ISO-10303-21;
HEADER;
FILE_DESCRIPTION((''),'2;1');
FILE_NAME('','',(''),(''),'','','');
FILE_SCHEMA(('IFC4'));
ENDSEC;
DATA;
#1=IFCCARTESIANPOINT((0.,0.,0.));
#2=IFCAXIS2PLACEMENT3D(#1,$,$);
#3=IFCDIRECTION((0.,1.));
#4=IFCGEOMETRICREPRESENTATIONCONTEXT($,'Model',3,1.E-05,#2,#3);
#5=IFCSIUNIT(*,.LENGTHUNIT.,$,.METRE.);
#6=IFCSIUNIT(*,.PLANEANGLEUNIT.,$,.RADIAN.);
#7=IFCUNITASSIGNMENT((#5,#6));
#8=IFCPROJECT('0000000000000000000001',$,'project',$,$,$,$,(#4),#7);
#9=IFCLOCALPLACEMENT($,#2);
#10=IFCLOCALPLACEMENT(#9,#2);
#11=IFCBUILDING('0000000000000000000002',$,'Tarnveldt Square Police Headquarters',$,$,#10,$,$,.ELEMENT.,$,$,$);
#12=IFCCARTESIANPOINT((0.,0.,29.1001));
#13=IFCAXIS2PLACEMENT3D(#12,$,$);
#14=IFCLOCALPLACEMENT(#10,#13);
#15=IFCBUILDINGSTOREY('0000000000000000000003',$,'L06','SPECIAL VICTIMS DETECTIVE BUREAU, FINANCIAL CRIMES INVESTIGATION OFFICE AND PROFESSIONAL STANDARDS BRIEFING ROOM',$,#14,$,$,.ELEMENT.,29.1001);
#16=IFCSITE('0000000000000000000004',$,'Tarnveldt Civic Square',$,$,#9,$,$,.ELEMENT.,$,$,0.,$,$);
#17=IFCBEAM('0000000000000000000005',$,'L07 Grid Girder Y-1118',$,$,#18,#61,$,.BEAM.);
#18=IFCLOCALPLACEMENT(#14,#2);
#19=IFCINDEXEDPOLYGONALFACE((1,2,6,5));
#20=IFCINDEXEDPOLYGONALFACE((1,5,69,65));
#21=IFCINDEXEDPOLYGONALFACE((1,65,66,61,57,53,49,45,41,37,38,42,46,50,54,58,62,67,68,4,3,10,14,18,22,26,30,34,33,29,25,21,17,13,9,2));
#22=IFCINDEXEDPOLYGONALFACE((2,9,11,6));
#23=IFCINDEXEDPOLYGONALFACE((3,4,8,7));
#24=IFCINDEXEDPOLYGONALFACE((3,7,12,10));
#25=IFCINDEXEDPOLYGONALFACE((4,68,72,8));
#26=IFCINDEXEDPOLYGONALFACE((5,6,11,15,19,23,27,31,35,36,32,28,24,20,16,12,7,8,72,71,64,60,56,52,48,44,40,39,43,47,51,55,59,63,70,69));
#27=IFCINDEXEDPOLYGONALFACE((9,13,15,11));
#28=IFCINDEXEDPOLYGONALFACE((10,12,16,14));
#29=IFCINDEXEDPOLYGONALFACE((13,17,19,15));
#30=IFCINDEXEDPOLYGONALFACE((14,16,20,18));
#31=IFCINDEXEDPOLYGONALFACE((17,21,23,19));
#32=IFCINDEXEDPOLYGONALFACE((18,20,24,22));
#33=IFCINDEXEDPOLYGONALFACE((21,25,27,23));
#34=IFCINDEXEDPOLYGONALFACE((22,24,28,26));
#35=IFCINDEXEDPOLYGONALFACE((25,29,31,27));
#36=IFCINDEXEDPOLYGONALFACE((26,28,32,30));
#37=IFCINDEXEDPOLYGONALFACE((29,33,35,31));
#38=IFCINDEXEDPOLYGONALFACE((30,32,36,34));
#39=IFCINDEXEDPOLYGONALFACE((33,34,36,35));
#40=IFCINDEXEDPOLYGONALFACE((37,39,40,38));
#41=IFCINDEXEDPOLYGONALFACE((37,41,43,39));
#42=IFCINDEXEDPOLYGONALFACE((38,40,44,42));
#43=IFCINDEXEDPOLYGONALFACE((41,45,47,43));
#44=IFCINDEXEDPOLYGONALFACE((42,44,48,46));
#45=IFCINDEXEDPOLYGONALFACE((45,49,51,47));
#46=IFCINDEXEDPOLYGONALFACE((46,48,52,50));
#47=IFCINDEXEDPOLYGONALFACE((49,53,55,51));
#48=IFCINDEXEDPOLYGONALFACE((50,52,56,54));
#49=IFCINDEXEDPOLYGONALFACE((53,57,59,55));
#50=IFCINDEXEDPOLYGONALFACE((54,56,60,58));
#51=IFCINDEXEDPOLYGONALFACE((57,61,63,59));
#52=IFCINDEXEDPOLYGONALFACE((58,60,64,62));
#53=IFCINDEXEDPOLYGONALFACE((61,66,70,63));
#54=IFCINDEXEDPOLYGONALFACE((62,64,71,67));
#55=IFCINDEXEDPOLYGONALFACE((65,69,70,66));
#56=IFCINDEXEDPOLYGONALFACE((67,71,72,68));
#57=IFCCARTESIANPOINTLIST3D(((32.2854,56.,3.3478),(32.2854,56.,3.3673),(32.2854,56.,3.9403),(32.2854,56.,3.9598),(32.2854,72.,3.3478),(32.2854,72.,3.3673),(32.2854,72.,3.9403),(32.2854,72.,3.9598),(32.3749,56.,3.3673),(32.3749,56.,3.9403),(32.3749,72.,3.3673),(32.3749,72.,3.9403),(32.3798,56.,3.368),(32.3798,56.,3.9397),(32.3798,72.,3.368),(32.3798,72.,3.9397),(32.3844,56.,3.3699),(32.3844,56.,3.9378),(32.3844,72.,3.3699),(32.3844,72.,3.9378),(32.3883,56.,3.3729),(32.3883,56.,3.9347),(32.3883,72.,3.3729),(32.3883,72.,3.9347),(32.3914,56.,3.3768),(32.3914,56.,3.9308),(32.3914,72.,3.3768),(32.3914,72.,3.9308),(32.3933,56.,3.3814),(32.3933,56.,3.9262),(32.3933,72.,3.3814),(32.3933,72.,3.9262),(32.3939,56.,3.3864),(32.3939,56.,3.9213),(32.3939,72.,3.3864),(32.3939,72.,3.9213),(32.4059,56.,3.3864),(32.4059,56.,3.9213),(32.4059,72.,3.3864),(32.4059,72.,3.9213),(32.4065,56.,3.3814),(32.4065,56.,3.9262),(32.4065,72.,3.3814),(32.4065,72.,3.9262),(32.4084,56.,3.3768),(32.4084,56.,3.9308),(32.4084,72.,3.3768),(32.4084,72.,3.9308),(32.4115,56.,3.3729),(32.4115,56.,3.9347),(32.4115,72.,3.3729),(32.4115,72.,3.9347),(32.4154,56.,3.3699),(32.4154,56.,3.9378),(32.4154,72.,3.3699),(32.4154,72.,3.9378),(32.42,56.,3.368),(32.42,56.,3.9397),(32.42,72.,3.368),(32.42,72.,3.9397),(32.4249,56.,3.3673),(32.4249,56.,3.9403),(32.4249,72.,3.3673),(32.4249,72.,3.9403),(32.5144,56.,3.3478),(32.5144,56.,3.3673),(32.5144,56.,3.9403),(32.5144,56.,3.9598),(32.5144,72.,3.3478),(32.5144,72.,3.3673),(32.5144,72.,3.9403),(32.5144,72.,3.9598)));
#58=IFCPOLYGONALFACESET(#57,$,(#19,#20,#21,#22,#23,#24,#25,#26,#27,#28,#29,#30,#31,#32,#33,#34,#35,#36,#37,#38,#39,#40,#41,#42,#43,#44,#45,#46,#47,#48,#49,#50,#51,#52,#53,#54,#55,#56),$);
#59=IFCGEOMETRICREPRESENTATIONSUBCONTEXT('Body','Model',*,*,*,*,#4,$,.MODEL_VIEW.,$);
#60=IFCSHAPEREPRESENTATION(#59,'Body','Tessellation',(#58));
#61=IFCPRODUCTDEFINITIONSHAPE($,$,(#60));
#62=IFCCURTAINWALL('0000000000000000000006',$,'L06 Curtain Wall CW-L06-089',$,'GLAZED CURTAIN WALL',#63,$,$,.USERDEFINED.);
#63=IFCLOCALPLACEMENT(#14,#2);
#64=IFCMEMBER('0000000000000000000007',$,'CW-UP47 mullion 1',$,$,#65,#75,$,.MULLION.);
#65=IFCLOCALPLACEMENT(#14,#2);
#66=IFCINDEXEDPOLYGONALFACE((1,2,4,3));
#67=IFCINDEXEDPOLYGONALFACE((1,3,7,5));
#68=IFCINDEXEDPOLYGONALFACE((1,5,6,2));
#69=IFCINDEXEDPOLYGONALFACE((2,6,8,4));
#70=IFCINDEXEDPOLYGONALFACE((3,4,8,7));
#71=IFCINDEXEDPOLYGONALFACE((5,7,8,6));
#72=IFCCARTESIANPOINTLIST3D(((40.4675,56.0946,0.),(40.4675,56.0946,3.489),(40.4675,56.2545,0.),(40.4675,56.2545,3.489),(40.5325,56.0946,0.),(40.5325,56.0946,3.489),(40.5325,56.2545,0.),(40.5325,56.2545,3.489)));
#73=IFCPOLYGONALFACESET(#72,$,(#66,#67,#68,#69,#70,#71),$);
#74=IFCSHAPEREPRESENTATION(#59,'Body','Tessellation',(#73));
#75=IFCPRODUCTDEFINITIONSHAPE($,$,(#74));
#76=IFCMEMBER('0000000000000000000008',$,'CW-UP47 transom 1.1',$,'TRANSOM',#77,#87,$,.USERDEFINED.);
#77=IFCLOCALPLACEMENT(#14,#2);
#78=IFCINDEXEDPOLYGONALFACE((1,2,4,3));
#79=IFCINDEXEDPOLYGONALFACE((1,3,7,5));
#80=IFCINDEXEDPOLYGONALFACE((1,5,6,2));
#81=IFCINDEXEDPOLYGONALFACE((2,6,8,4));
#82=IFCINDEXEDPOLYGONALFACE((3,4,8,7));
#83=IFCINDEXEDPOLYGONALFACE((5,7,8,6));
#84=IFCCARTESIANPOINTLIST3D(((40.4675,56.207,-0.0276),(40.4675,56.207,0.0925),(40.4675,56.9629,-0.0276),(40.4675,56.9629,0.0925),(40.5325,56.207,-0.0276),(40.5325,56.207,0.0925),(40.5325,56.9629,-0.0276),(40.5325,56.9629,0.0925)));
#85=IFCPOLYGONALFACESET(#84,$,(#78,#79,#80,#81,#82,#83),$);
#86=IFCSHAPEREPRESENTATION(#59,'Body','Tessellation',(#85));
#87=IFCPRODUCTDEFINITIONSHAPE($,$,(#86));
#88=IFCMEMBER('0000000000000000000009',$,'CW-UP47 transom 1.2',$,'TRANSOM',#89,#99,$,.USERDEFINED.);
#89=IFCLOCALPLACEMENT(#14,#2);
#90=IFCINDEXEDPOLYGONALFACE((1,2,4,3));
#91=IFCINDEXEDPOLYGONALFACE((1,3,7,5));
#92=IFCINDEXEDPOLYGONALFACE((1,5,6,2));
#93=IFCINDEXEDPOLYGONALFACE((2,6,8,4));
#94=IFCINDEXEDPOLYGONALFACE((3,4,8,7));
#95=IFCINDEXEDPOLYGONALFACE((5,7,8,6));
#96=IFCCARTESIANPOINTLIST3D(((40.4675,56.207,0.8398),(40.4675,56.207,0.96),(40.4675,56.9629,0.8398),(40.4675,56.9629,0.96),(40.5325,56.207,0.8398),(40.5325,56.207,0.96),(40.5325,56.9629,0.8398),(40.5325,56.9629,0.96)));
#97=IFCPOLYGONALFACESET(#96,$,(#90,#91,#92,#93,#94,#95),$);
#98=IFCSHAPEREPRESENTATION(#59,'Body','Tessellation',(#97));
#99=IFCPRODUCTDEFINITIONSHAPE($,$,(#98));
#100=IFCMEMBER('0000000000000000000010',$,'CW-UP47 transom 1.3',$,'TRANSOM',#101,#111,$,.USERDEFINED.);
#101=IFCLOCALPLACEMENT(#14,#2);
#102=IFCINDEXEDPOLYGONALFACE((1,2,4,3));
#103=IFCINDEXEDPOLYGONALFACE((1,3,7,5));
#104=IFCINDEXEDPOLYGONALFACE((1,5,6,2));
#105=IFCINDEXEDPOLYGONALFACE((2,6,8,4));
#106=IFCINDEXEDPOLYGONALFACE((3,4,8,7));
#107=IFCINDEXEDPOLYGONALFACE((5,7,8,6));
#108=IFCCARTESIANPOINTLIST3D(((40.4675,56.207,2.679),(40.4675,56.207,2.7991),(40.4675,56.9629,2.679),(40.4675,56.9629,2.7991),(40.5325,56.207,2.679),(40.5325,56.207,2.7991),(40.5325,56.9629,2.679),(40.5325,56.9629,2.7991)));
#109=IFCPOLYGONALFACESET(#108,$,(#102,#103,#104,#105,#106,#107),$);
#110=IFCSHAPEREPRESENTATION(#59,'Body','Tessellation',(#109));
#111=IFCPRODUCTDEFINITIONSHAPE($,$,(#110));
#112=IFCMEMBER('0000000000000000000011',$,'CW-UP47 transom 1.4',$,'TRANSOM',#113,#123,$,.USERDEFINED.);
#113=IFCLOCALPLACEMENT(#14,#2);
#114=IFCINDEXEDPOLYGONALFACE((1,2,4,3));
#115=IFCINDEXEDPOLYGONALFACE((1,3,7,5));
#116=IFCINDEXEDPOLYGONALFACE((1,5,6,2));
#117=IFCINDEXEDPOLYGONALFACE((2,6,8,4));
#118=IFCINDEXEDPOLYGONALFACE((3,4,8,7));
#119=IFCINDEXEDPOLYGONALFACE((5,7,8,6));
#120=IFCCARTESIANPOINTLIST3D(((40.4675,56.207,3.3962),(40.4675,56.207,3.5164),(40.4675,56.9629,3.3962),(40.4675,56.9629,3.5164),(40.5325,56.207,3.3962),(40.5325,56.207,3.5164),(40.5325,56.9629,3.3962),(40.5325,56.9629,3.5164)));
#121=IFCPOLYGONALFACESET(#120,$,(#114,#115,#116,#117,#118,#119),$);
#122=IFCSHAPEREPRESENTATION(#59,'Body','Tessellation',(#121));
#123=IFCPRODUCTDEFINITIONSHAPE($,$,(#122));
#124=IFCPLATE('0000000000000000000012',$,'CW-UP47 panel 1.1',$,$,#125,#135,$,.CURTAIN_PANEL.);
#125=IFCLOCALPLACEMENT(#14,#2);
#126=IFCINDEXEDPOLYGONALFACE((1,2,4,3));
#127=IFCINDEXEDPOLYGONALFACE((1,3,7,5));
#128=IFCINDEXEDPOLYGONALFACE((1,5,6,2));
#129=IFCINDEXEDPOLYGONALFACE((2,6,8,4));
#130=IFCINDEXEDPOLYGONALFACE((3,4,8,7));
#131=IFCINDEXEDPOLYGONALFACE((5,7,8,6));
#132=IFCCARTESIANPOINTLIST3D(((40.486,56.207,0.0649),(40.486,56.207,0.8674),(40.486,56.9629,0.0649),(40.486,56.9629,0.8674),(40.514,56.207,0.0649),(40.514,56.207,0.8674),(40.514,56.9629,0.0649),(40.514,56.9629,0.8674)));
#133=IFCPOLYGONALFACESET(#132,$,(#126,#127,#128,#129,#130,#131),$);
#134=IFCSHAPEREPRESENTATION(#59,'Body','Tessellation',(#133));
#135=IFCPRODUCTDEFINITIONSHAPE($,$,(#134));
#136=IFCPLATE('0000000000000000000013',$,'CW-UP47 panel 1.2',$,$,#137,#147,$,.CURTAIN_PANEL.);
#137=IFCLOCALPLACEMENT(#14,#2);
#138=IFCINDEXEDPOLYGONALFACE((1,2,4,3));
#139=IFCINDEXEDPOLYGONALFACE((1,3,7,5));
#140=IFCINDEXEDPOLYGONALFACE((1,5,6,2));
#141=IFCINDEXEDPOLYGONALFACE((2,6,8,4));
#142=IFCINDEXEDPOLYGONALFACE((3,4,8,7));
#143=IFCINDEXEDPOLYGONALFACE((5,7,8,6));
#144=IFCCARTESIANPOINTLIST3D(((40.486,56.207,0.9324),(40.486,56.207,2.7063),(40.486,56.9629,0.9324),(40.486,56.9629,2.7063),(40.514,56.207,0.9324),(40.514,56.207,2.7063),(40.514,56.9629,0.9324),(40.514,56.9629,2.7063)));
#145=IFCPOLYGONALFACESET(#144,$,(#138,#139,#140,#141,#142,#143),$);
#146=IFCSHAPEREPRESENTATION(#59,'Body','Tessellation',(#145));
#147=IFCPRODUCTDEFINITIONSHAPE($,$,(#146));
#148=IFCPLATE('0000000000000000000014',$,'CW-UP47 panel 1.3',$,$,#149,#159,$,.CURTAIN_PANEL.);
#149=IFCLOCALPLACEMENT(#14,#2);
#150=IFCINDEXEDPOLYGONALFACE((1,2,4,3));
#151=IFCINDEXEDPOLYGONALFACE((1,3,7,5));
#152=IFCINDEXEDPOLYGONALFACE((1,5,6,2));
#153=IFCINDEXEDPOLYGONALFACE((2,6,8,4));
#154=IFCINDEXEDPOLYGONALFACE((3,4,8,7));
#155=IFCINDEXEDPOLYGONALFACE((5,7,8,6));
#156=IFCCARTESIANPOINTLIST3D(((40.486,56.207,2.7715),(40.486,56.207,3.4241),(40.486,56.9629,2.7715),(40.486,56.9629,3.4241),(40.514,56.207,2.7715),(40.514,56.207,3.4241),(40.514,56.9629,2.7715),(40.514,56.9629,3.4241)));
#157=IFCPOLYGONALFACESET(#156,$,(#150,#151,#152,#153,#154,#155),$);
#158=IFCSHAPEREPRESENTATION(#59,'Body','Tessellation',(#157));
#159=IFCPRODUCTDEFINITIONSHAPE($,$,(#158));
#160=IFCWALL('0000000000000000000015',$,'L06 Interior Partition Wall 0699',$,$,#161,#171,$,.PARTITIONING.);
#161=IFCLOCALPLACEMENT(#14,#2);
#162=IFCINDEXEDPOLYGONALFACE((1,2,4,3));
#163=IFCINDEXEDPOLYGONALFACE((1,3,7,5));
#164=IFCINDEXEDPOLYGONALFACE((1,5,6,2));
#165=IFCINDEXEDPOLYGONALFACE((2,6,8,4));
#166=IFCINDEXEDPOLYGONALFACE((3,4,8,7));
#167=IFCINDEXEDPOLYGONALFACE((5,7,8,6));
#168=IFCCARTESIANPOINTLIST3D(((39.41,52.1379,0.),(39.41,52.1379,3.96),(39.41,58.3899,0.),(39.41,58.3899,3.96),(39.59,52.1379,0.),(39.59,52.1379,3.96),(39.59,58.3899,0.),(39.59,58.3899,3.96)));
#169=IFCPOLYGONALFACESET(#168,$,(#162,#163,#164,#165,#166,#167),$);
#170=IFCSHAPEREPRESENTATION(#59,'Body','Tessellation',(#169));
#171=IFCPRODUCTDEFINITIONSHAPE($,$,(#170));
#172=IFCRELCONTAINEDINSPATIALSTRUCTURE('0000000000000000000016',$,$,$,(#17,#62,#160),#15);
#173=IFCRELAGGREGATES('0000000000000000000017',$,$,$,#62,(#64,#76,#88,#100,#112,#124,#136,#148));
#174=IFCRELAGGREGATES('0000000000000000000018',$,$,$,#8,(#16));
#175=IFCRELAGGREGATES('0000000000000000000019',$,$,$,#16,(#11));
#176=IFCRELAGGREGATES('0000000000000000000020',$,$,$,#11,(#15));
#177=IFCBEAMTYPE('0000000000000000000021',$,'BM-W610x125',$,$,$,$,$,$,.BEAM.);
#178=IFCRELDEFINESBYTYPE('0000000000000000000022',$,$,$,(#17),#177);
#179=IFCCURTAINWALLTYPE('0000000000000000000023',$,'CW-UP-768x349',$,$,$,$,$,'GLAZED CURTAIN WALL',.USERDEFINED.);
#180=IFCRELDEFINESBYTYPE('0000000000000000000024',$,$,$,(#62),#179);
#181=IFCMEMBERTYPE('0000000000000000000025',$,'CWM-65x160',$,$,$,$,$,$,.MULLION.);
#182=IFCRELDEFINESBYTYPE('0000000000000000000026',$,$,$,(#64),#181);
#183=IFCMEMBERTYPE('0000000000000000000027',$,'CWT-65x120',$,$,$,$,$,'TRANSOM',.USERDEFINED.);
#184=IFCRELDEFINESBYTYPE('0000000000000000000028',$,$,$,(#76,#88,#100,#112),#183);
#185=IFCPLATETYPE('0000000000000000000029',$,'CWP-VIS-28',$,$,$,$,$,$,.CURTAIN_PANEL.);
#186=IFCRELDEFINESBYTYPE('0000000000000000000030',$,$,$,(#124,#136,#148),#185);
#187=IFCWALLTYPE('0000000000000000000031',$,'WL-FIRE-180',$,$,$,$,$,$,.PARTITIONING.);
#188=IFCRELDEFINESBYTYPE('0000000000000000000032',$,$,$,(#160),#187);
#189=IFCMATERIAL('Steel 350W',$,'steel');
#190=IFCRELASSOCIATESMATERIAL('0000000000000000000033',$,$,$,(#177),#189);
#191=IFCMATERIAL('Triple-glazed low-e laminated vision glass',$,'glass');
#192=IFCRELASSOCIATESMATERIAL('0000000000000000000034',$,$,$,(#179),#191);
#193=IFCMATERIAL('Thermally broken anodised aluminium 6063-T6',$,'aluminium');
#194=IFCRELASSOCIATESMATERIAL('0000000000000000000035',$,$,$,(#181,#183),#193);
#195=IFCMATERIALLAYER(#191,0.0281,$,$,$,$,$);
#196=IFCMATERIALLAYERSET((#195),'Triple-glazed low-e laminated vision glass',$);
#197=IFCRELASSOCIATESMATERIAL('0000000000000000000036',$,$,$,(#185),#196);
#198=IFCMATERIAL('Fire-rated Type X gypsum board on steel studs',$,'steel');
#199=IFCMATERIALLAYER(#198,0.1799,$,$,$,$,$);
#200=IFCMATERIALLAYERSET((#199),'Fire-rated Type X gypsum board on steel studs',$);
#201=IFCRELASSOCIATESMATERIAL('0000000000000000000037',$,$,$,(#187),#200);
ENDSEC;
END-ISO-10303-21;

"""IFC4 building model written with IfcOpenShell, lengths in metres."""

from ifc_helpers import new_model, si_unit, direction, frame, frame_2d, origin, origin_2d, place, context, subcontext, project, spatial, rectangle, i_section, extrude, material, layer, layer_set, material_profile, profile_set, type_object, element, aggregate, save


model = new_model("IFC4")

# Units and contexts
model_context = context("Model", 3, precision=1e-05, world=origin(), true_north=direction((0.0, 1.0)))
body_context = subcontext(model_context, "Body", "Model", "MODEL_VIEW")
ifc_project = project(units=[si_unit("LENGTHUNIT", "METRE"), si_unit("PLANEANGLEUNIT", "RADIAN")], contexts=[model_context])

# Site, building, storey
site_placement = place(None, origin())
site = spatial("IfcSite", under=ifc_project, at=site_placement, Name="Tarnveldt Civic Square", CompositionType="ELEMENT", RefElevation=0.0)
building_placement = place(site_placement, origin())
building = spatial("IfcBuilding", under=site, at=building_placement, Name="Tarnveldt Square Police Headquarters", CompositionType="ELEMENT")
storey_placement = place(building_placement, frame((0.0, 0.0, 29.1001)))
storey = spatial("IfcBuildingStorey", under=building, at=storey_placement, Name="L06", Description="SPECIAL VICTIMS DETECTIVE BUREAU, FINANCIAL CRIMES INVESTIGATION OFFICE AND PROFESSIONAL STANDARDS BRIEFING ROOM", CompositionType="ELEMENT", Elevation=29.1001)

# Shared definitions
ifc_material_1 = material(Name="Steel 350W", Category="steel")

# Beam
ifc_material_profile_1 = material_profile(ifc_material_1, i_section(OverallWidth=0.229, OverallDepth=0.6121, WebThickness=0.012, FlangeThickness=0.0195, FilletRadius=0.019, at=origin_2d()), Name="W610x125")
ifc_profile_set_1 = profile_set([ifc_material_profile_1], Name="Steel 350W")
beam_type_1 = type_object("IfcBeamType", Name="BM-W610x125", PredefinedType="BEAM", material=ifc_profile_set_1)
beam_1_placement = place(storey_placement, frame((32.3999, 56.0, 3.6538), z_axis=(0.0, 1.0, 0.0), x_axis=(-1.0, 0.0, 0.0)))
element("IfcBeam", 1, at=beam_1_placement, inside=storey, type_object=beam_type_1, Name="L07 Grid Girder Y-1118", PredefinedType="BEAM", context=body_context, shape_type="SweptSolid", body=[
    extrude(i_section(OverallWidth=0.229, OverallDepth=0.6121, WebThickness=0.012, FlangeThickness=0.0195, FilletRadius=0.019, at=origin_2d()), origin(), (0.0, 0.0, 1.0), 16.0),
])

# Curtain wall, members, plates
ifc_material_2 = material(Name="Triple-glazed low-e laminated vision glass", Category="glass")
curtain_wall_type = type_object("IfcCurtainWallType", Name="CW-UP-768x349", ElementType="GLAZED CURTAIN WALL", PredefinedType="USERDEFINED", material=ifc_material_2)
curtain_wall_placement = place(storey_placement, origin())
curtain_wall = element("IfcCurtainWall", 2, at=curtain_wall_placement, inside=storey, type_object=curtain_wall_type, Name="L06 Curtain Wall CW-L06-089", ObjectType="GLAZED CURTAIN WALL", PredefinedType="USERDEFINED")
ifc_material_3 = material(Name="Thermally broken anodised aluminium 6063-T6", Category="aluminium")
ifc_material_profile_2 = material_profile(ifc_material_3, rectangle(XDim=0.0649, YDim=0.1599, at=origin_2d()), Name="CW-M65x160")
ifc_profile_set_2 = profile_set([ifc_material_profile_2], Name="Thermally broken anodised aluminium 6063-T6")
member_type_1 = type_object("IfcMemberType", Name="CWM-65x160", PredefinedType="MULLION", material=ifc_profile_set_2)
member_1_placement = place(storey_placement, frame((40.5, 56.1746, 0.0), z_axis=(0.0, 0.0, 1.0), x_axis=(-1.0, 0.0, 0.0)))
member_1 = element("IfcMember", 3, at=member_1_placement, type_object=member_type_1, Name="CW-UP47 mullion 1", PredefinedType="MULLION", context=body_context, shape_type="SweptSolid", body=[
    extrude(rectangle(XDim=0.0649, YDim=0.1599, at=origin_2d()), origin(), (0.0, 0.0, 1.0), 3.489),
])
ifc_material_profile_3 = material_profile(ifc_material_3, rectangle(XDim=0.0649, YDim=0.1201, at=origin_2d()), Name="CW-T65x120")
ifc_profile_set_3 = profile_set([ifc_material_profile_3], Name="Thermally broken anodised aluminium 6063-T6")
member_type_2 = type_object("IfcMemberType", Name="CWT-65x120", ElementType="TRANSOM", PredefinedType="USERDEFINED", material=ifc_profile_set_3)
member_2_placement = place(storey_placement, frame((40.5, 56.207, 0.0325), z_axis=(0.0, 1.0, 0.0), x_axis=(-1.0, 0.0, 0.0)))
member_2 = element("IfcMember", 4, at=member_2_placement, type_object=member_type_2, Name="CW-UP47 transom 1.1", ObjectType="TRANSOM", PredefinedType="USERDEFINED", context=body_context, shape_type="SweptSolid", body=[
    extrude(rectangle(XDim=0.0649, YDim=0.1201, at=origin_2d()), origin(), (0.0, 0.0, 1.0), 0.7559),
])
member_3_placement = place(storey_placement, frame((40.5, 56.207, 0.8999), z_axis=(0.0, 1.0, 0.0), x_axis=(-1.0, 0.0, 0.0)))
member_3 = element("IfcMember", 5, at=member_3_placement, type_object=member_type_2, Name="CW-UP47 transom 1.2", ObjectType="TRANSOM", PredefinedType="USERDEFINED", context=body_context, shape_type="SweptSolid", body=[
    extrude(rectangle(XDim=0.0649, YDim=0.1201, at=origin_2d()), origin(), (0.0, 0.0, 1.0), 0.7559),
])
member_4_placement = place(storey_placement, frame((40.5, 56.207, 2.739), z_axis=(0.0, 1.0, 0.0), x_axis=(-1.0, 0.0, 0.0)))
member_4 = element("IfcMember", 6, at=member_4_placement, type_object=member_type_2, Name="CW-UP47 transom 1.3", ObjectType="TRANSOM", PredefinedType="USERDEFINED", context=body_context, shape_type="SweptSolid", body=[
    extrude(rectangle(XDim=0.0649, YDim=0.1201, at=origin_2d()), origin(), (0.0, 0.0, 1.0), 0.7559),
])
member_5_placement = place(storey_placement, frame((40.5, 56.207, 3.4563), z_axis=(0.0, 1.0, 0.0), x_axis=(-1.0, 0.0, 0.0)))
member_5 = element("IfcMember", 7, at=member_5_placement, type_object=member_type_2, Name="CW-UP47 transom 1.4", ObjectType="TRANSOM", PredefinedType="USERDEFINED", context=body_context, shape_type="SweptSolid", body=[
    extrude(rectangle(XDim=0.0649, YDim=0.1201, at=origin_2d()), origin(), (0.0, 0.0, 1.0), 0.7559),
])
ifc_layer_1 = layer(ifc_material_2, 0.0281)
ifc_layer_set_1 = layer_set([ifc_layer_1], Name="Triple-glazed low-e laminated vision glass")
plate_type = type_object("IfcPlateType", Name="CWP-VIS-28", PredefinedType="CURTAIN_PANEL", material=ifc_layer_set_1)
plate_1_placement = place(storey_placement, frame((40.5, 56.585, 0.0649), z_axis=(0.0, 0.0, 1.0), x_axis=(0.0, 1.0, 0.0)))
plate_1 = element("IfcPlate", 8, at=plate_1_placement, type_object=plate_type, Name="CW-UP47 panel 1.1", PredefinedType="CURTAIN_PANEL", context=body_context, shape_type="SweptSolid", body=[
    extrude(rectangle(XDim=0.7559, YDim=0.0281, at=origin_2d()), origin(), (0.0, 0.0, 1.0), 0.8025),
])
plate_2_placement = place(storey_placement, frame((40.5, 56.585, 0.9324), z_axis=(0.0, 0.0, 1.0), x_axis=(0.0, 1.0, 0.0)))
plate_2 = element("IfcPlate", 9, at=plate_2_placement, type_object=plate_type, Name="CW-UP47 panel 1.2", PredefinedType="CURTAIN_PANEL", context=body_context, shape_type="SweptSolid", body=[
    extrude(rectangle(XDim=0.7559, YDim=0.0281, at=origin_2d()), origin(), (0.0, 0.0, 1.0), 1.7739),
])
plate_3_placement = place(storey_placement, frame((40.5, 56.585, 2.7715), z_axis=(0.0, 0.0, 1.0), x_axis=(0.0, 1.0, 0.0)))
plate_3 = element("IfcPlate", 10, at=plate_3_placement, type_object=plate_type, Name="CW-UP47 panel 1.3", PredefinedType="CURTAIN_PANEL", context=body_context, shape_type="SweptSolid", body=[
    extrude(rectangle(XDim=0.7559, YDim=0.0281, at=origin_2d()), origin(), (0.0, 0.0, 1.0), 0.6526),
])
aggregate(curtain_wall, [member_1, member_2, member_3, member_4, member_5, plate_1, plate_2, plate_3])

# Wall
ifc_material_4 = material(Name="Fire-rated Type X gypsum board on steel studs", Category="steel")
ifc_layer_2 = layer(ifc_material_4, 0.1799)
ifc_layer_set_2 = layer_set([ifc_layer_2], Name="Fire-rated Type X gypsum board on steel studs")
wall_type = type_object("IfcWallType", Name="WL-FIRE-180", PredefinedType="PARTITIONING", material=ifc_layer_set_2)
wall_placement = place(storey_placement, frame((39.5, 52.1379, 0.0), z_axis=(0.0, 0.0, 1.0), x_axis=(0.0, 1.0, 0.0)))
element("IfcWall", 11, at=wall_placement, inside=storey, type_object=wall_type, Name="L06 Interior Partition Wall 0699", PredefinedType="PARTITIONING", context=body_context, shape_type="SweptSolid", body=[
    extrude(rectangle(XDim=6.252, YDim=0.1799, at=frame_2d((3.126, 0.0))), origin(), (0.0, 0.0, 1.0), 3.96),
])

save(model, "model.ifc")
